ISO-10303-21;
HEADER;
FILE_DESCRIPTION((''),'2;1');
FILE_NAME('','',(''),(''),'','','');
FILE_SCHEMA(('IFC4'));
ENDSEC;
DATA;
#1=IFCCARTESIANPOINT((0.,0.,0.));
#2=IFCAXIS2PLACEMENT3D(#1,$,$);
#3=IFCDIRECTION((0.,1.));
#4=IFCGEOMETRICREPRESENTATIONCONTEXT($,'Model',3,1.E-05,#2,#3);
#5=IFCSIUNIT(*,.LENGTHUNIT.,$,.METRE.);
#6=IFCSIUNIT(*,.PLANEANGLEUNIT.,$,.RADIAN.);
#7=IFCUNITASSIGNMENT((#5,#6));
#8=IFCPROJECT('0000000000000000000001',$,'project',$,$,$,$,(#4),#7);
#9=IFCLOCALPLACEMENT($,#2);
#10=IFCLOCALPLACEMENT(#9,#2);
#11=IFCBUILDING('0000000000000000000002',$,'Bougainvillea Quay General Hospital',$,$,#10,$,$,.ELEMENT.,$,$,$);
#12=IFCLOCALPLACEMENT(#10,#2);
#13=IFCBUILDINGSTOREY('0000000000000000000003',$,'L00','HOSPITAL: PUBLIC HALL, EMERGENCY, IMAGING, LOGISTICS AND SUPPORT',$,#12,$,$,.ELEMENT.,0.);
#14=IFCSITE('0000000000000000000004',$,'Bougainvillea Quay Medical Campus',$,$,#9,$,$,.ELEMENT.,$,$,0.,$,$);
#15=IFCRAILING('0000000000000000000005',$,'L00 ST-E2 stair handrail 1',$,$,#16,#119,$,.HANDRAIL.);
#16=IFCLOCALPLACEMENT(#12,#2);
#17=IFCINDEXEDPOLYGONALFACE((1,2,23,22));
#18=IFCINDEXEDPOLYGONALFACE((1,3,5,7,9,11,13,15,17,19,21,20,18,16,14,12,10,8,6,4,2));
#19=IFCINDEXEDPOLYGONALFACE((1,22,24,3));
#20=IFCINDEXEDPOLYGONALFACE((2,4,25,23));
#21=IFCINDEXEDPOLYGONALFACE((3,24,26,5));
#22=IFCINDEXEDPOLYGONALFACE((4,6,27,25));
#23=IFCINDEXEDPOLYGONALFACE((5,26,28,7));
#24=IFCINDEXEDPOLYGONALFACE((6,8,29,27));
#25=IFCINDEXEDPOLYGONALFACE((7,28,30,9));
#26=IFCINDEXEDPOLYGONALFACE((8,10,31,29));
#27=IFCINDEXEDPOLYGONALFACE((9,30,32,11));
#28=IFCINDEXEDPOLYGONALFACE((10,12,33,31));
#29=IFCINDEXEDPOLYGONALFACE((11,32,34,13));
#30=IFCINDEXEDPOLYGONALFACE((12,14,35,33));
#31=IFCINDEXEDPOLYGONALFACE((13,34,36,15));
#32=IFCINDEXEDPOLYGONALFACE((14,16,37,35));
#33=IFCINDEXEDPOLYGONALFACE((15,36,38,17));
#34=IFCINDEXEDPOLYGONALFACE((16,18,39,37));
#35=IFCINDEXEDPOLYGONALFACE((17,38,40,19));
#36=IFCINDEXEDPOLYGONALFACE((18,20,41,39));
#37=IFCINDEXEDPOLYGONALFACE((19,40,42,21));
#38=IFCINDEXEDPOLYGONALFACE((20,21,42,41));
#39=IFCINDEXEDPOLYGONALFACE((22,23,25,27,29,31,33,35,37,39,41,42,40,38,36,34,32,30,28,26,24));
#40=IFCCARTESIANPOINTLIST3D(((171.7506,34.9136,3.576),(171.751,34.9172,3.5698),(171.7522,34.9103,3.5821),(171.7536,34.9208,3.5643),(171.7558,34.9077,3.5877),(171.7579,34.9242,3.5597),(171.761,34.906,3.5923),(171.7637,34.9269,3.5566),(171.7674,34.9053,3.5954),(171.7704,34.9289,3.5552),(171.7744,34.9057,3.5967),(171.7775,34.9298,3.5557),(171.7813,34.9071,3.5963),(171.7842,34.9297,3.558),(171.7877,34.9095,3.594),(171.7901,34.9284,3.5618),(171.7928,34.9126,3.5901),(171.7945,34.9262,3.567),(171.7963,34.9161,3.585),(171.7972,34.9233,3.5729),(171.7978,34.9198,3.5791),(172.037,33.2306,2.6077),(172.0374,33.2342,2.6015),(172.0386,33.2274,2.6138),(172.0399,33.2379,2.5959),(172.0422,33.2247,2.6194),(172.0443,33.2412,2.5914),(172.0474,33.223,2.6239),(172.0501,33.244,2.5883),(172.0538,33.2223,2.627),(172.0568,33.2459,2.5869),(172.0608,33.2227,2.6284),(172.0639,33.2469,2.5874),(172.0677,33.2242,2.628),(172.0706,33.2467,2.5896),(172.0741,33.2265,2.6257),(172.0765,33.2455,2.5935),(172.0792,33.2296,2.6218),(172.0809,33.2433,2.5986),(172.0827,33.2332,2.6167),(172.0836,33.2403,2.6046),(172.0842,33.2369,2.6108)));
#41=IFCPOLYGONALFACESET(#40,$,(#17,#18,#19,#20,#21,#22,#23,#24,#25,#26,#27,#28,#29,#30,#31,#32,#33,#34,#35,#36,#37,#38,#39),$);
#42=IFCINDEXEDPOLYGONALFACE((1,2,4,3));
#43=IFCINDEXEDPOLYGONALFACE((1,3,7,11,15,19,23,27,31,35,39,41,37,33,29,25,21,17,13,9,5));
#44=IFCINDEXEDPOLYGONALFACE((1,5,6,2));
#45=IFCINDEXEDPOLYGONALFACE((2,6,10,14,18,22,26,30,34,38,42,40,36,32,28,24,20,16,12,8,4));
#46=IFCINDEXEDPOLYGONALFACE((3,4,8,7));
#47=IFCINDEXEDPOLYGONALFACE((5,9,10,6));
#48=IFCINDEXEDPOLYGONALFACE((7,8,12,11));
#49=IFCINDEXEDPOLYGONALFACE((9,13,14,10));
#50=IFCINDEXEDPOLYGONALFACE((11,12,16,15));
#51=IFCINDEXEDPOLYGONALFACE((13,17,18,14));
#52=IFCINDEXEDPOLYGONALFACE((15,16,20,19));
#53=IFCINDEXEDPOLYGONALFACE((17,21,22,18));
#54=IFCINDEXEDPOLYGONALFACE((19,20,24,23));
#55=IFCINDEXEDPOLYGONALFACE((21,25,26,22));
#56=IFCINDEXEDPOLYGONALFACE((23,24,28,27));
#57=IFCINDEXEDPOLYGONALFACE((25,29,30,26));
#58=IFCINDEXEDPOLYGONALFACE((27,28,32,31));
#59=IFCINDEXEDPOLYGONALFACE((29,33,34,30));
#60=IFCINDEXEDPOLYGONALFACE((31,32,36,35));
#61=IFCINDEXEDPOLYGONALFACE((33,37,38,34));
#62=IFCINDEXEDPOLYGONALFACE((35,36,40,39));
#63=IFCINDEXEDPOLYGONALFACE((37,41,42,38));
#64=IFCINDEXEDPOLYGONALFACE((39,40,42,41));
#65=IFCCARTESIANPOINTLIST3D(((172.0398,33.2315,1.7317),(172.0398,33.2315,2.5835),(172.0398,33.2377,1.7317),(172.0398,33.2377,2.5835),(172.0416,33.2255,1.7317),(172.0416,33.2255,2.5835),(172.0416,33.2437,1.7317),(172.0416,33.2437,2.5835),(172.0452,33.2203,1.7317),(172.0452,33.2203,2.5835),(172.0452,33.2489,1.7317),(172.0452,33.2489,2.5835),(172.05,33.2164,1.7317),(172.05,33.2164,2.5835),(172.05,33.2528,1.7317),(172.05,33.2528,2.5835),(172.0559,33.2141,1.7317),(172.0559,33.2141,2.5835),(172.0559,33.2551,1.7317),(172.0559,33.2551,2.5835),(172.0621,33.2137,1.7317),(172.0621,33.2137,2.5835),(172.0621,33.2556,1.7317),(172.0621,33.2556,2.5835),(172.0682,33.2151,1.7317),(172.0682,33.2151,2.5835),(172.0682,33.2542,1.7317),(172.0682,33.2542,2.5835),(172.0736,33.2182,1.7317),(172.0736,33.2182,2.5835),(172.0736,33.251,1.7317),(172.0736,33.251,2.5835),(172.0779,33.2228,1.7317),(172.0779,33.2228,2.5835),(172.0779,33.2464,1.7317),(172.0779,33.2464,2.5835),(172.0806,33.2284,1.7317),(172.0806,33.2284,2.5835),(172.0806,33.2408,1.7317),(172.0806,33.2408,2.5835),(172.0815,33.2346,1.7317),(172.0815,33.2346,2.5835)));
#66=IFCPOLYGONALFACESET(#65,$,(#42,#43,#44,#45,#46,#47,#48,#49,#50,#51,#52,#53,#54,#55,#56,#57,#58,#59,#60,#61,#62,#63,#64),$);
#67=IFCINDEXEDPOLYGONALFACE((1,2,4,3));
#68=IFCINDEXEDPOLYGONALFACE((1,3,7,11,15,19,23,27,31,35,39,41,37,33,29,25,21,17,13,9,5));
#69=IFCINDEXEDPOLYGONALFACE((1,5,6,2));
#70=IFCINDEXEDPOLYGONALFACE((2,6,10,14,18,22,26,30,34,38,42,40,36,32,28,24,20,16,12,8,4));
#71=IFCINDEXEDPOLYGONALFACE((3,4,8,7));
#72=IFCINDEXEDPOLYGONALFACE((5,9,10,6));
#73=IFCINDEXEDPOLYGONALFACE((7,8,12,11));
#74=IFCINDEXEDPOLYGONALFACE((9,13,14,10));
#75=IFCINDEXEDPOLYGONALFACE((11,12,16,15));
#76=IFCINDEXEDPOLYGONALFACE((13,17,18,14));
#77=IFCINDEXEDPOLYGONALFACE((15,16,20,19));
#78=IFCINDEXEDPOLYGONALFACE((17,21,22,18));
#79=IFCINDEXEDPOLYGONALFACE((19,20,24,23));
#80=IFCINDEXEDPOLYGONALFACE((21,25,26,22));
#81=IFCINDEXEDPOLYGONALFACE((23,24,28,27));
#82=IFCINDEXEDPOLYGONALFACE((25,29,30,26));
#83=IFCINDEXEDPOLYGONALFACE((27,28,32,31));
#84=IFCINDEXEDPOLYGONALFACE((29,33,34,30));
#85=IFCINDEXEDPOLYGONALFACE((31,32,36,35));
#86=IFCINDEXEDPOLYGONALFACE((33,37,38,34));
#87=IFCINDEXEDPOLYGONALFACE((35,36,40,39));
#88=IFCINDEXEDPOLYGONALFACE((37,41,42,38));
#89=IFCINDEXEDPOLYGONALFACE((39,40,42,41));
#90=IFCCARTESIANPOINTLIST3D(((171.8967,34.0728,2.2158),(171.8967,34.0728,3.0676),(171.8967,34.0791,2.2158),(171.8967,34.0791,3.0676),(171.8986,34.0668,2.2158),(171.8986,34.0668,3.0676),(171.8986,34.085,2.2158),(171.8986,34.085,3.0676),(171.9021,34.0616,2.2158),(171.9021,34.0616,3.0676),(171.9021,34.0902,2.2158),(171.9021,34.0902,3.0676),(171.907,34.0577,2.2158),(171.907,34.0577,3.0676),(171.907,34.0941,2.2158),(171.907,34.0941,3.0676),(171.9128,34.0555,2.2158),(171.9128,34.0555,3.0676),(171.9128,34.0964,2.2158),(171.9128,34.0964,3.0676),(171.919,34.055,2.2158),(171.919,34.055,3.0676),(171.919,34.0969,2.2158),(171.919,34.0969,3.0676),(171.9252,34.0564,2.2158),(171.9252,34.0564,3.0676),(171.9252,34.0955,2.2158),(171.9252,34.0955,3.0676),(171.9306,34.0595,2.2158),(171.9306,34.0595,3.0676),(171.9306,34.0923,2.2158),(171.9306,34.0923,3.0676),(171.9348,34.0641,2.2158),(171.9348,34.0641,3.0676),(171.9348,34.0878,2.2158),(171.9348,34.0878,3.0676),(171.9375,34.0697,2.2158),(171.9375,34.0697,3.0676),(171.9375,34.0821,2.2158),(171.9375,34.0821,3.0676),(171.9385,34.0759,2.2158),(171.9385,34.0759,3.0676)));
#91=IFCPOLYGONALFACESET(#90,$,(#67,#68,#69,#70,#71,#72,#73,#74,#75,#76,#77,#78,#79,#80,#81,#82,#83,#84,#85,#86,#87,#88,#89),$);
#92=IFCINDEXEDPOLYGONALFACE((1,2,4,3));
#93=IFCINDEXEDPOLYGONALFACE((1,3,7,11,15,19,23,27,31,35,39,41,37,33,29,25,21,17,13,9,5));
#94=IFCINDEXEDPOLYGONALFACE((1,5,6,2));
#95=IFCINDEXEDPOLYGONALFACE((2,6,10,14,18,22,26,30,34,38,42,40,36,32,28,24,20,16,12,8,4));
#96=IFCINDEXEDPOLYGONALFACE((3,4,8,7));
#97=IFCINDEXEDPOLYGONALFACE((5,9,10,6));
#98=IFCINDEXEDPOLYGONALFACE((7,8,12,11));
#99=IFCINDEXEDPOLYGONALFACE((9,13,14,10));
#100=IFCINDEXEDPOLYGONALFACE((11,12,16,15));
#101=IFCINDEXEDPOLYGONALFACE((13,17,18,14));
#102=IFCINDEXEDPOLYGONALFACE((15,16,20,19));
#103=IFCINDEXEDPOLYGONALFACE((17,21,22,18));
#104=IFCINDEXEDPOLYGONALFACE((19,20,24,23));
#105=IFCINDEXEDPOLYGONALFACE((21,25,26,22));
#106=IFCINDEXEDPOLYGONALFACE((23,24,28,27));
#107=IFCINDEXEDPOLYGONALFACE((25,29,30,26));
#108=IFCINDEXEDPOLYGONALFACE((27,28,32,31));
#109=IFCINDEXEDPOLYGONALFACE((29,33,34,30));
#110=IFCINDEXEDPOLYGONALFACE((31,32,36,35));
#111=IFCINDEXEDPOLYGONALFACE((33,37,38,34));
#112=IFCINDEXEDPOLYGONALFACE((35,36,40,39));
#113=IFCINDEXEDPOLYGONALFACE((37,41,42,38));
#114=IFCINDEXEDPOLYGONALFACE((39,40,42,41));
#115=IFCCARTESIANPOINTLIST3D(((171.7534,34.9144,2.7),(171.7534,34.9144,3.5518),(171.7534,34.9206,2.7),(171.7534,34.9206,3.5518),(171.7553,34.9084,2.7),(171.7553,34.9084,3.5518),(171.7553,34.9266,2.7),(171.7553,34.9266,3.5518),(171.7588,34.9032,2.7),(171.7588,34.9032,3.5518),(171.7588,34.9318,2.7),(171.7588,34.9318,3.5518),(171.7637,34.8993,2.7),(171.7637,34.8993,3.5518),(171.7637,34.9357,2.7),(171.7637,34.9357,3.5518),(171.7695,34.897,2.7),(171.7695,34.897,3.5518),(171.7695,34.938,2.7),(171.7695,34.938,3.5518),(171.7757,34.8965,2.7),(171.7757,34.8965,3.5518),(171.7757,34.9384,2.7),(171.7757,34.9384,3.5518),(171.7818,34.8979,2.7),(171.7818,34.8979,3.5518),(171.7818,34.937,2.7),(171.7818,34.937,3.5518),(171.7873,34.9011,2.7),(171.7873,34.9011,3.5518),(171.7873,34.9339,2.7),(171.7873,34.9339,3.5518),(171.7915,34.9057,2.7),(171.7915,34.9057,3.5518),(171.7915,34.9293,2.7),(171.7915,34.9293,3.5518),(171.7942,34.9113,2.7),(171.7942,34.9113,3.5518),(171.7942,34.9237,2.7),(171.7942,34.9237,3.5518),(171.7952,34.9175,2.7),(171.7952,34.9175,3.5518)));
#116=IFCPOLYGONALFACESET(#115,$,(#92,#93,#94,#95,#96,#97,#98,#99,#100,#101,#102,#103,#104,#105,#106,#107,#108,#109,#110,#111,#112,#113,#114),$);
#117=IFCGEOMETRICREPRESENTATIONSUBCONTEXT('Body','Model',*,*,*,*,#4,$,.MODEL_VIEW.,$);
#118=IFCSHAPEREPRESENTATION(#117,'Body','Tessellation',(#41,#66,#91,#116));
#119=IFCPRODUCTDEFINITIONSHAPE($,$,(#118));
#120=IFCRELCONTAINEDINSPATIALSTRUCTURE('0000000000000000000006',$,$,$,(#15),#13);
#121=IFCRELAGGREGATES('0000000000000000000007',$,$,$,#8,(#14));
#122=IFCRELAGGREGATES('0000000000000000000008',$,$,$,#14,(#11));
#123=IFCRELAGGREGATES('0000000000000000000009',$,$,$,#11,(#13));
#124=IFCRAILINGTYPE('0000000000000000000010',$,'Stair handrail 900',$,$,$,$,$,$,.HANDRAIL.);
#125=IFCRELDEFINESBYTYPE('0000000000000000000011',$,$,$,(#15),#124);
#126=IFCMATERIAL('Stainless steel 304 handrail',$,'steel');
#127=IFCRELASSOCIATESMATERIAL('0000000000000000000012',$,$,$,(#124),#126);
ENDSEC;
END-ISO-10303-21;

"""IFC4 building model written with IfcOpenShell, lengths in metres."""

from ifc_helpers import new_model, si_unit, direction, frame, origin, origin_2d, place, context, subcontext, project, spatial, circle, extrude, material, type_object, element, save


model = new_model("IFC4")

# Units and contexts
model_context = context("Model", 3, precision=1e-05, world=origin(), true_north=direction((0.0, 1.0)))
body_context = subcontext(model_context, "Body", "Model", "MODEL_VIEW")
ifc_project = project(units=[si_unit("LENGTHUNIT", "METRE"), si_unit("PLANEANGLEUNIT", "RADIAN")], contexts=[model_context])

# Site, building, storey
site_placement = place(None, origin())
site = spatial("IfcSite", under=ifc_project, at=site_placement, Name="Bougainvillea Quay Medical Campus", CompositionType="ELEMENT", RefElevation=0.0)
building_placement = place(site_placement, origin())
building = spatial("IfcBuilding", under=site, at=building_placement, Name="Bougainvillea Quay General Hospital", CompositionType="ELEMENT")
storey_placement = place(building_placement, origin())
storey = spatial("IfcBuildingStorey", under=building, at=storey_placement, Name="L00", Description="HOSPITAL: PUBLIC HALL, EMERGENCY, IMAGING, LOGISTICS AND SUPPORT", CompositionType="ELEMENT", Elevation=0.0)

# Railing
ifc_material_1 = material(Name="Stainless steel 304 handrail", Category="steel")
railing_type_1 = type_object("IfcRailingType", Name="Stair handrail 900", PredefinedType="HANDRAIL", material=ifc_material_1)
railing_1_placement = place(storey_placement, frame((172.0605, 33.2346, 1.7317)))
element("IfcRailing", 1, at=railing_1_placement, inside=storey, type_object=railing_type_1, Name="L00 ST-E2 stair handrail 1", PredefinedType="HANDRAIL", context=body_context, shape_type="SweptSolid", body=[
    extrude(circle(Radius=0.0239, at=origin_2d()), frame((0.0, 0.0, 0.876), z_axis=(-0.145922, 0.857491, 0.493372), x_axis=(-0.985828, -0.167761, 0.0)), (0.0, 0.0, 1.0), 1.9626),
    extrude(circle(Radius=0.021, at=origin_2d()), origin(), (0.0, 0.0, 1.0), 0.8518),
    extrude(circle(Radius=0.021, at=origin_2d()), frame((-0.1431, 0.8413, 0.4841)), (0.0, 0.0, 1.0), 0.8518),
    extrude(circle(Radius=0.021, at=origin_2d()), frame((-0.2864, 1.6829, 0.9683)), (0.0, 0.0, 1.0), 0.8518),
])

save(model, "model.ifc")
